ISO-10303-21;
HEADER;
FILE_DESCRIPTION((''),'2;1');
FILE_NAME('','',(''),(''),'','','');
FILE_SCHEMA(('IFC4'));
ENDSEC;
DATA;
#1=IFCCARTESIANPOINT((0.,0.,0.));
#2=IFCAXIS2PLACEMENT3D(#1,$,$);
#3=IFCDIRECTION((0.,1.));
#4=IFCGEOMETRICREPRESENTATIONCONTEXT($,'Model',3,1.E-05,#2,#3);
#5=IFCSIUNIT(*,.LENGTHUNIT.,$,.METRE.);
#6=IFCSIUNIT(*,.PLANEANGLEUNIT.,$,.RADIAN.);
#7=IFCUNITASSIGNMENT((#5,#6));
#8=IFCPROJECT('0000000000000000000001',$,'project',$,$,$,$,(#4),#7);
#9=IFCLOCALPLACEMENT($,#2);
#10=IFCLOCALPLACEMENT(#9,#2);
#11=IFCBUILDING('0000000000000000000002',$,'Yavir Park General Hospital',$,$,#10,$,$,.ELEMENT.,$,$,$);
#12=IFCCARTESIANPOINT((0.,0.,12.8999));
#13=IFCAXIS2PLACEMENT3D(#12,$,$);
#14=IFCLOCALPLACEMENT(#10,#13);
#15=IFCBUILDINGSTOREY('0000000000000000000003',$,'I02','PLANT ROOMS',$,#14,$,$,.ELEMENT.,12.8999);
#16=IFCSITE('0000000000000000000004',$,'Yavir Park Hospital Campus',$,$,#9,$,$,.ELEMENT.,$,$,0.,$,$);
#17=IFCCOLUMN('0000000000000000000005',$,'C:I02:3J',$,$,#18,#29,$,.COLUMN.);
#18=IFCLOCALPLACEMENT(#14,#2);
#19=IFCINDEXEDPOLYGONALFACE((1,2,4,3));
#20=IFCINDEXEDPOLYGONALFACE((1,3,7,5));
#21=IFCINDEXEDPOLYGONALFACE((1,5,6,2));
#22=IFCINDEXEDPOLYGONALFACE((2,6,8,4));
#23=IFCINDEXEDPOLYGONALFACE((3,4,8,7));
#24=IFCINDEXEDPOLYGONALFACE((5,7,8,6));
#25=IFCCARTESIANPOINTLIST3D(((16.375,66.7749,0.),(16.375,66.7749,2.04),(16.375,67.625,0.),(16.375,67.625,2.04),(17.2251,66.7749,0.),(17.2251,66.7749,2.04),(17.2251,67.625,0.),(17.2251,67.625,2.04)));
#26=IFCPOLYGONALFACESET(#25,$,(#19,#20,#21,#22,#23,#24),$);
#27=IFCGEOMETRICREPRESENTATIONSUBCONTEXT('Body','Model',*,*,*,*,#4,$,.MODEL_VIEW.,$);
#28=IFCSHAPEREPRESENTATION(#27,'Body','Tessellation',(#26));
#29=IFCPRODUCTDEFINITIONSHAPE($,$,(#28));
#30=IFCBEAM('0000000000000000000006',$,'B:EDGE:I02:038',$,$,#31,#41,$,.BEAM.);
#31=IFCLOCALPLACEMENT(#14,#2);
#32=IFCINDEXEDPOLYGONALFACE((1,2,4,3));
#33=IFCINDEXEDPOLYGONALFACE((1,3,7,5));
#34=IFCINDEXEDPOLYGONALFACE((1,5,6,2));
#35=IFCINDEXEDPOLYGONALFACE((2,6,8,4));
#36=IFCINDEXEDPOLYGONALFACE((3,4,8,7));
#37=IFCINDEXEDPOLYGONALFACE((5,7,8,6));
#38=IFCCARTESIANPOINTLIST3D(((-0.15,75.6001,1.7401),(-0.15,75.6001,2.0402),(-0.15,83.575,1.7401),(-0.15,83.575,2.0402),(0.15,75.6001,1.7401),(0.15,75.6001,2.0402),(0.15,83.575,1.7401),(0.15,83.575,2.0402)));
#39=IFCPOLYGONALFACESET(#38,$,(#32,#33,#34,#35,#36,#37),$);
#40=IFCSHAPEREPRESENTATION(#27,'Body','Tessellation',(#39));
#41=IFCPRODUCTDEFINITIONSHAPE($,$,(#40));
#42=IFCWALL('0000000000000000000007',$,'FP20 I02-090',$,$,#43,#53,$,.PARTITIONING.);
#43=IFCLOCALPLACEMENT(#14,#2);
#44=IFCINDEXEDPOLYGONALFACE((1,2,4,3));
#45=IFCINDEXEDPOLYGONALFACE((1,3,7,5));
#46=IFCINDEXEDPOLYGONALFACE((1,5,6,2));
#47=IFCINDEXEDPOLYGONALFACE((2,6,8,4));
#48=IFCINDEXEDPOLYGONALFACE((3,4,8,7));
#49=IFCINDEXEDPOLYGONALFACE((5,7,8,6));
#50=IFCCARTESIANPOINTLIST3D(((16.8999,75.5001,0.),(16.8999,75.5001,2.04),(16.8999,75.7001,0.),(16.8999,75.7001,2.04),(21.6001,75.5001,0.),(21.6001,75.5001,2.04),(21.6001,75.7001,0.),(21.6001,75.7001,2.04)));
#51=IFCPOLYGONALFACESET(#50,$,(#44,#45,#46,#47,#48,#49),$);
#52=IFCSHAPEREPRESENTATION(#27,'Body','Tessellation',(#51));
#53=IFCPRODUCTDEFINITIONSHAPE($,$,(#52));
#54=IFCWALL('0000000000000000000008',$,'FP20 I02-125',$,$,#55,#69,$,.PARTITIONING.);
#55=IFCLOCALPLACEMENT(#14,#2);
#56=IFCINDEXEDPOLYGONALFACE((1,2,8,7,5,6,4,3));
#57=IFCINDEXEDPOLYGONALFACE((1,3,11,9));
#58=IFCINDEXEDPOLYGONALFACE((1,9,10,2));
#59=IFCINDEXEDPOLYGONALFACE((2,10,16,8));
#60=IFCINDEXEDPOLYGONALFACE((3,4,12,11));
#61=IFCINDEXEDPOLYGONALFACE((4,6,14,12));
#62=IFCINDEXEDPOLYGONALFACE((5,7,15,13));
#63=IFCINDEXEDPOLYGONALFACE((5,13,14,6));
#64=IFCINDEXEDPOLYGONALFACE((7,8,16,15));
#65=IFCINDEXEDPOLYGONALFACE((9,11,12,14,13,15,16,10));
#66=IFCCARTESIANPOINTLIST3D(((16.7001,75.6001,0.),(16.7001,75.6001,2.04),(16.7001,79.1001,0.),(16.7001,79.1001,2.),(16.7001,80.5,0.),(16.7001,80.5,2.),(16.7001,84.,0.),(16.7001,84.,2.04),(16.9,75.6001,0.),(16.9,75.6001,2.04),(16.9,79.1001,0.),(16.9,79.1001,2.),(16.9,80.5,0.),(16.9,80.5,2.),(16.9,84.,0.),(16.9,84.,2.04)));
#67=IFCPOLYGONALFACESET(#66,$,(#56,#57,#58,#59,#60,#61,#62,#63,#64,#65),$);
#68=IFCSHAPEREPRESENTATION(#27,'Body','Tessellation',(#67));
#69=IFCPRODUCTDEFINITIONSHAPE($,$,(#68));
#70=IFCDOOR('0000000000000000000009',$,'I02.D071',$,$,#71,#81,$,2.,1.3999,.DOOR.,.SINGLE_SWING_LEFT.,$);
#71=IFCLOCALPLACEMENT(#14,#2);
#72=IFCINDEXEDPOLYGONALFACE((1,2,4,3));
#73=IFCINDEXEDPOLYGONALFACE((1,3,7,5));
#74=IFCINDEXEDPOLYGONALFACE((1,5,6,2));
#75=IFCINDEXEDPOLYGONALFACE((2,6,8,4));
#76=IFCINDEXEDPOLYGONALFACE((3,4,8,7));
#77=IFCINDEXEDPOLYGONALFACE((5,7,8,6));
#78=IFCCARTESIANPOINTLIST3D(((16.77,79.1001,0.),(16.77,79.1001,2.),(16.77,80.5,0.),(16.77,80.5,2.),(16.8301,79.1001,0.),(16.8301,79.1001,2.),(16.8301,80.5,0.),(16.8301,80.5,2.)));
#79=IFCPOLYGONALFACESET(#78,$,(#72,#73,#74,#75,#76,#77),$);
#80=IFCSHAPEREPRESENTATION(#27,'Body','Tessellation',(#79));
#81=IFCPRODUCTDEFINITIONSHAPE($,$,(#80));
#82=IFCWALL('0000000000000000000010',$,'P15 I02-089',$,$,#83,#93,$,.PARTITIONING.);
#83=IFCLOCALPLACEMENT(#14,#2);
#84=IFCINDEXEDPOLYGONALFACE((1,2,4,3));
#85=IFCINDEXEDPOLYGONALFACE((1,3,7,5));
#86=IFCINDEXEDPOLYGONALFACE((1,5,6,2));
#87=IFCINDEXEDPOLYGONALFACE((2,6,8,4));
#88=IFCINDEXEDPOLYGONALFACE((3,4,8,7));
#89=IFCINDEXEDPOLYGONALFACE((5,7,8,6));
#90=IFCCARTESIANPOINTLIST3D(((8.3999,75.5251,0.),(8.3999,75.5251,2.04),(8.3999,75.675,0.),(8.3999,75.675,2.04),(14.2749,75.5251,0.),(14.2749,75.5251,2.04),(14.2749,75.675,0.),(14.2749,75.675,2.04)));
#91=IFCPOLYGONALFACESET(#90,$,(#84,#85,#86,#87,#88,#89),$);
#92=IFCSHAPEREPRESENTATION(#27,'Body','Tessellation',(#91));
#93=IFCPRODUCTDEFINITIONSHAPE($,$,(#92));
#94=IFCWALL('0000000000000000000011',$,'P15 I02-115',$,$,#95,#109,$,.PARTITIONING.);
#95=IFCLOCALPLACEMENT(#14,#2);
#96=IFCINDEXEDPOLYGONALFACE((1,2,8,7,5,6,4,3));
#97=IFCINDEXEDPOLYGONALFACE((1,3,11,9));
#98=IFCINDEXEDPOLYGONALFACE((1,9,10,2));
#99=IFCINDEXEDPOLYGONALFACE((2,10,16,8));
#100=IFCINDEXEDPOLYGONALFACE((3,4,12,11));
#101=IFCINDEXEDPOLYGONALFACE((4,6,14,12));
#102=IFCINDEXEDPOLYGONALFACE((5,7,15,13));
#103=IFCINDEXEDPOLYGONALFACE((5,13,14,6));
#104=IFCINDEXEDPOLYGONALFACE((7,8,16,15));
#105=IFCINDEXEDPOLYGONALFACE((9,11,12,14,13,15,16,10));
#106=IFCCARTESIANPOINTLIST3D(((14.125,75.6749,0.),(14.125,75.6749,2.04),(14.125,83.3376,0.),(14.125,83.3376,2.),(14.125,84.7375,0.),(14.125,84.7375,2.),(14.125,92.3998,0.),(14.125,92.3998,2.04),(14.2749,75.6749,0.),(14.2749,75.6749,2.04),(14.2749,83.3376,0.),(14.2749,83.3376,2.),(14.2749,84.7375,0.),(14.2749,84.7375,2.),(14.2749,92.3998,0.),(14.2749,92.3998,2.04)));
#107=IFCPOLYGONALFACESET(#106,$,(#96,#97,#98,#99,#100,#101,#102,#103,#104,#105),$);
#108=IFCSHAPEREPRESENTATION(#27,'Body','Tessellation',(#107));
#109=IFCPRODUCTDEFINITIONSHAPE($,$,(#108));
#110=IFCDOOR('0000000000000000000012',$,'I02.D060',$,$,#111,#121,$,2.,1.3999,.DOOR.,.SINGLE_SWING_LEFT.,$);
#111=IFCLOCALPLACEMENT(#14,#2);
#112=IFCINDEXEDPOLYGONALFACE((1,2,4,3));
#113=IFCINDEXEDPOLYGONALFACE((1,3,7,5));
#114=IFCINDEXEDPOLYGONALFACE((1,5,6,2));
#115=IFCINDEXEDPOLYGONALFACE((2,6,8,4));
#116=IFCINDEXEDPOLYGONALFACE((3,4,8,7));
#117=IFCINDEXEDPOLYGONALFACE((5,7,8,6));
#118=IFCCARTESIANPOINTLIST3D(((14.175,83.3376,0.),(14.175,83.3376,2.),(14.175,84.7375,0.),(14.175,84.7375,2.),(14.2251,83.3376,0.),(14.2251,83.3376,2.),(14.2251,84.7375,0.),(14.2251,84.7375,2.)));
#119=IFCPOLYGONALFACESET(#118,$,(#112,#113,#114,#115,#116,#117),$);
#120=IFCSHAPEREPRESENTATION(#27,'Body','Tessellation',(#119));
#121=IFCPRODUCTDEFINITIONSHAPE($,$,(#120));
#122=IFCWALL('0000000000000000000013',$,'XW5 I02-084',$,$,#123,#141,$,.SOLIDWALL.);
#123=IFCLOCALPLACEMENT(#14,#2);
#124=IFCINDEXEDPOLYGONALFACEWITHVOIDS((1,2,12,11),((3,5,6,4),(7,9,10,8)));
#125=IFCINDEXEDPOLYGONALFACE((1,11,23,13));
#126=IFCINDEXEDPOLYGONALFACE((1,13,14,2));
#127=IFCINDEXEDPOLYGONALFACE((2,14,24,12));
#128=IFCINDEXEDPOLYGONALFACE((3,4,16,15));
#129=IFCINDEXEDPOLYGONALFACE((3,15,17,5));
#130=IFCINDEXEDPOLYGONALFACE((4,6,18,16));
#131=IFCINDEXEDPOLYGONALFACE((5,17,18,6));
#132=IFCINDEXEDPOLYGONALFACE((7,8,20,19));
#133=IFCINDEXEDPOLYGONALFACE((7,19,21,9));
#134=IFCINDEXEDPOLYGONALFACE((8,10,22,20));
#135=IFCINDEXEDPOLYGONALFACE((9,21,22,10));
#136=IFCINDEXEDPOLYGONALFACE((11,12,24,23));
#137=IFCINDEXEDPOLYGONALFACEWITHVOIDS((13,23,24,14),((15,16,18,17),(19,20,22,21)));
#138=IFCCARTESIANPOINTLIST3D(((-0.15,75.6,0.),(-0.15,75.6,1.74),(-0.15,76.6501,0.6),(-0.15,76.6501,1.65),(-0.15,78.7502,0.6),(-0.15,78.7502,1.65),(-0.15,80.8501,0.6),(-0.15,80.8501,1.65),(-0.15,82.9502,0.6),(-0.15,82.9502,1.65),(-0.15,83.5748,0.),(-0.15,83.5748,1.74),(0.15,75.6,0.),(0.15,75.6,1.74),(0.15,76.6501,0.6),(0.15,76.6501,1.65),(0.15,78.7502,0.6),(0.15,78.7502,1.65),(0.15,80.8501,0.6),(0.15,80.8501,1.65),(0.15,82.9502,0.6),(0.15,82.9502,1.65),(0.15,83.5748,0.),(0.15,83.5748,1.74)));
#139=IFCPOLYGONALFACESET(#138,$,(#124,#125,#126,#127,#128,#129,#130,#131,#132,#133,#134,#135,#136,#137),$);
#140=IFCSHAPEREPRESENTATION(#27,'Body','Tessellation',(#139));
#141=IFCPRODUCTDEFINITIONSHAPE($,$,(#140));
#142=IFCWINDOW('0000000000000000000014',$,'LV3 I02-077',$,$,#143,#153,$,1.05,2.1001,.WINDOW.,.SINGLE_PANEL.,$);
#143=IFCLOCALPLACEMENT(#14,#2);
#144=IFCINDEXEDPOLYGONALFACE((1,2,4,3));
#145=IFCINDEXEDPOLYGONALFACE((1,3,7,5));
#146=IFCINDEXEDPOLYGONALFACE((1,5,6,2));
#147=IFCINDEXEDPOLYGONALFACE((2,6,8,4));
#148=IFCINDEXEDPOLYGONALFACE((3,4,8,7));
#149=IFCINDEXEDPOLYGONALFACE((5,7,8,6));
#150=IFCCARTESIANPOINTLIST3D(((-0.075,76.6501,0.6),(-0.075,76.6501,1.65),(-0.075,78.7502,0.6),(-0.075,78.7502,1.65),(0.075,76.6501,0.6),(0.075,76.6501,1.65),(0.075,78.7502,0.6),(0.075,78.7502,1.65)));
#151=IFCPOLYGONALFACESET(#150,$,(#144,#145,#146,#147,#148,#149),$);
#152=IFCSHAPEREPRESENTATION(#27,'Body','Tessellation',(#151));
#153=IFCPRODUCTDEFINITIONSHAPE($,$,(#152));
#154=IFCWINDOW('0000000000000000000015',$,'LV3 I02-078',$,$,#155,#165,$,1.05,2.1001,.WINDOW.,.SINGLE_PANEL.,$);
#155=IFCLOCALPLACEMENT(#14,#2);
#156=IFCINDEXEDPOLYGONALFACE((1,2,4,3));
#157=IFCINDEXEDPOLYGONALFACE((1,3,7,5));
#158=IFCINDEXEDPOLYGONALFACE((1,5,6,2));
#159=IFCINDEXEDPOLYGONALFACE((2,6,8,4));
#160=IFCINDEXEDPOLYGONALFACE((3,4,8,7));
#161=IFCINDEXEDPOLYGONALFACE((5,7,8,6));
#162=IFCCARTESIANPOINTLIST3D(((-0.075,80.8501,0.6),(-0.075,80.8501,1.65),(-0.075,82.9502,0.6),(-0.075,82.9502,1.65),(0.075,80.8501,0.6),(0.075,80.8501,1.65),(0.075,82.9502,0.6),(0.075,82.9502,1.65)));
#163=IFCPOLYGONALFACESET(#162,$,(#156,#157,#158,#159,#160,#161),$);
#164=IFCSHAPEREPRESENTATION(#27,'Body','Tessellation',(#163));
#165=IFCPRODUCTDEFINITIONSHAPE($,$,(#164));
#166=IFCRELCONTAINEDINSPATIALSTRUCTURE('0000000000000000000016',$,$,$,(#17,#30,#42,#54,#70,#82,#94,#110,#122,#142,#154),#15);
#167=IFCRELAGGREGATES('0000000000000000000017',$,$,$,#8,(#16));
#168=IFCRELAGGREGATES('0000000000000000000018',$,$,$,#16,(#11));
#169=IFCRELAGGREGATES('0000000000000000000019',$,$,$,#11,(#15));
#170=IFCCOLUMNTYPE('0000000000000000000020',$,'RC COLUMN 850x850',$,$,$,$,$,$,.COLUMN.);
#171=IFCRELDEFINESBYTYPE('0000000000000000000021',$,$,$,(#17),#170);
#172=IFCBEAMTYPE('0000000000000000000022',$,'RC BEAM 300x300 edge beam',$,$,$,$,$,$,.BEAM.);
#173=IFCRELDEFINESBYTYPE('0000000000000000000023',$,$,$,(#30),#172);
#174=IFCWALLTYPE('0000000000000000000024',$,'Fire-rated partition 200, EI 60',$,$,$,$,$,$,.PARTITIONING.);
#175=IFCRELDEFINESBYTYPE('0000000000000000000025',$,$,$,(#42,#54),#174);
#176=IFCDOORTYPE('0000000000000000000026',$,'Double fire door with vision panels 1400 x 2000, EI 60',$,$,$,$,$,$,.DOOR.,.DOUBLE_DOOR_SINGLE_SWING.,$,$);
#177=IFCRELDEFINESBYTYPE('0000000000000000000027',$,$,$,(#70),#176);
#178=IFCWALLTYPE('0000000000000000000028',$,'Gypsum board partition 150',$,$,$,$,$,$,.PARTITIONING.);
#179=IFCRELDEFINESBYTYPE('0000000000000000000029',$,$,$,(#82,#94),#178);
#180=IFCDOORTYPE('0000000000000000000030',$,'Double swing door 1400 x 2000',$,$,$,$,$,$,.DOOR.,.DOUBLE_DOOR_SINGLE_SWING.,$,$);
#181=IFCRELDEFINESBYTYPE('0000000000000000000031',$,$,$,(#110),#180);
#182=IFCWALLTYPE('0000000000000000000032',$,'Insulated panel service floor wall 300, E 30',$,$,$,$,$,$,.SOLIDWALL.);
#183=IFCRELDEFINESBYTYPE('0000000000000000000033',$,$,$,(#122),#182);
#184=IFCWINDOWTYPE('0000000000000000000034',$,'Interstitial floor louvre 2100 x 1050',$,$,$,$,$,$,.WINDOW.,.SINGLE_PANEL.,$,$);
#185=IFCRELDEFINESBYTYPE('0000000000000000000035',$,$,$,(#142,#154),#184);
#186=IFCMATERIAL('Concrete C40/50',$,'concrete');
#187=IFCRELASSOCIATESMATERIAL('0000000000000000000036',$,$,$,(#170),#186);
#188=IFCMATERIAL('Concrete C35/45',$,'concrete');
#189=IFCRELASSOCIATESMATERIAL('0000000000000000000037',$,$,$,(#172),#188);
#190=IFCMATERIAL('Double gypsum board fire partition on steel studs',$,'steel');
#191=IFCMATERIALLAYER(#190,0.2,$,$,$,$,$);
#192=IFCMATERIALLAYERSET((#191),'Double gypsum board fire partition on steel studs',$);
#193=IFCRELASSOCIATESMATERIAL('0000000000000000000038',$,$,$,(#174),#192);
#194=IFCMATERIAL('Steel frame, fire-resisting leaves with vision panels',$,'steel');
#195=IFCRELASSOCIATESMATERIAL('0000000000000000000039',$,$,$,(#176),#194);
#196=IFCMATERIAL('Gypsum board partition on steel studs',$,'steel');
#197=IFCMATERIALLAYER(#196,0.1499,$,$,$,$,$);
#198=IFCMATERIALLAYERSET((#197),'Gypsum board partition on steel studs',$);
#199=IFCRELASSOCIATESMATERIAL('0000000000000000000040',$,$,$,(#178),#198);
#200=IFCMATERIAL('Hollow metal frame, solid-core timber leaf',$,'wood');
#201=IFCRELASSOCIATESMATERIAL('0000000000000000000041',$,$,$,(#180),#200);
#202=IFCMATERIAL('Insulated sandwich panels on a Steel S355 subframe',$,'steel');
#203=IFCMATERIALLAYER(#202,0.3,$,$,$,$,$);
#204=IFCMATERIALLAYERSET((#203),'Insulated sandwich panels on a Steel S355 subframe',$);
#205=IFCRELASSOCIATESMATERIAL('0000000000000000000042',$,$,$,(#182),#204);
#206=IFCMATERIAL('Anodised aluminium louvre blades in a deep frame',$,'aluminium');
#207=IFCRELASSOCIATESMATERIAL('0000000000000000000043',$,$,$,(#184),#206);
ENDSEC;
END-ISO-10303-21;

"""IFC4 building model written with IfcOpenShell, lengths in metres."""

from ifc_helpers import new_model, si_unit, direction, frame, frame_2d, origin, origin_2d, place, context, subcontext, project, spatial, rectangle, extrude, material, layer, layer_set, material_profile, profile_set, type_object, element, fill, save


model = new_model("IFC4")

# Units and contexts
model_context = context("Model", 3, precision=1e-05, world=origin(), true_north=direction((0.0, 1.0)))
body_context = subcontext(model_context, "Body", "Model", "MODEL_VIEW")
ifc_project = project(units=[si_unit("LENGTHUNIT", "METRE"), si_unit("PLANEANGLEUNIT", "RADIAN")], contexts=[model_context])

# Site, building, storey
site_placement = place(None, origin())
site = spatial("IfcSite", under=ifc_project, at=site_placement, Name="Yavir Park Hospital Campus", CompositionType="ELEMENT", RefElevation=0.0)
building_placement = place(site_placement, origin())
building = spatial("IfcBuilding", under=site, at=building_placement, Name="Yavir Park General Hospital", CompositionType="ELEMENT")
storey_placement = place(building_placement, frame((0.0, 0.0, 12.8999)))
storey = spatial("IfcBuildingStorey", under=building, at=storey_placement, Name="I02", Description="PLANT ROOMS", CompositionType="ELEMENT", Elevation=12.8999)

# Column
ifc_material_1 = material(Name="Concrete C40/50", Category="concrete")
ifc_material_profile_1 = material_profile(ifc_material_1, rectangle(XDim=0.8501, YDim=0.8501, at=origin_2d()), Name="RC850x850")
ifc_profile_set_1 = profile_set([ifc_material_profile_1], Name="Concrete C40/50")
column_type = type_object("IfcColumnType", Name="RC COLUMN 850x850", PredefinedType="COLUMN", material=ifc_profile_set_1)
column_placement = place(storey_placement, frame((16.8, 67.2, 0.0), z_axis=(0.0, 0.0, 1.0), x_axis=(1.0, 0.0, 0.0)))
element("IfcColumn", 1, at=column_placement, inside=storey, type_object=column_type, Name="C:I02:3J", PredefinedType="COLUMN", context=body_context, shape_type="SweptSolid", body=[
    extrude(rectangle(XDim=0.8501, YDim=0.8501, at=origin_2d()), origin(), (0.0, 0.0, 1.0), 2.04),
])

# Beam
ifc_material_2 = material(Name="Concrete C35/45", Category="concrete")
ifc_material_profile_2 = material_profile(ifc_material_2, rectangle(XDim=0.3, YDim=0.3, at=origin_2d()), Name="RC300x300")
ifc_profile_set_2 = profile_set([ifc_material_profile_2], Name="Concrete C35/45")
beam_type = type_object("IfcBeamType", Name="RC BEAM 300x300 edge beam", PredefinedType="BEAM", material=ifc_profile_set_2)
beam_placement = place(storey_placement, frame((0.0, 75.6001, 1.8901), z_axis=(0.0, 1.0, 0.0), x_axis=(-1.0, 0.0, 0.0)))
element("IfcBeam", 2, at=beam_placement, inside=storey, type_object=beam_type, Name="B:EDGE:I02:038", PredefinedType="BEAM", context=body_context, shape_type="SweptSolid", body=[
    extrude(rectangle(XDim=0.3, YDim=0.3, at=origin_2d()), origin(), (0.0, 0.0, 1.0), 7.9749),
])

# Wall
ifc_material_3 = material(Name="Double gypsum board fire partition on steel studs", Category="steel")
ifc_layer_1 = layer(ifc_material_3, 0.2)
ifc_layer_set_1 = layer_set([ifc_layer_1], Name="Double gypsum board fire partition on steel studs")
wall_type_1 = type_object("IfcWallType", Name="Fire-rated partition 200, EI 60", PredefinedType="PARTITIONING", material=ifc_layer_set_1)
wall_1_placement = place(storey_placement, frame((16.8999, 75.6001, 0.0), z_axis=(0.0, 0.0, 1.0), x_axis=(1.0, 0.0, 0.0)))
element("IfcWall", 3, at=wall_1_placement, inside=storey, type_object=wall_type_1, Name="FP20 I02-090", PredefinedType="PARTITIONING", context=body_context, shape_type="SweptSolid", body=[
    extrude(rectangle(XDim=4.7002, YDim=0.2, at=frame_2d((2.3501, 0.0))), origin(), (0.0, 0.0, 1.0), 2.04),
])

# Wall, opening, door
wall_2_placement = place(storey_placement, frame((16.8, 75.6001, 0.0), z_axis=(0.0, 0.0, 1.0), x_axis=(0.0, 1.0, 0.0)))
wall_2 = element("IfcWall", 4, at=wall_2_placement, inside=storey, type_object=wall_type_1, Name="FP20 I02-125", PredefinedType="PARTITIONING", context=body_context, shape_type="SweptSolid", body=[
    extrude(rectangle(XDim=8.3999, YDim=0.2, at=frame_2d((4.2, 0.0))), origin(), (0.0, 0.0, 1.0), 2.04),
])
opening_1_placement = place(wall_2_placement, frame((3.5, 0.0, 0.0)))
opening_1 = element("IfcOpeningElement", 5, at=opening_1_placement, cuts=wall_2, PredefinedType="OPENING", context=body_context, shape_type="SweptSolid", body=[
    extrude(rectangle(XDim=1.3999, YDim=2.0, at=frame_2d((0.7, 1.0))), frame((0.0, 0.1099, 0.0), z_axis=(0.0, -1.0, 0.0), x_axis=(1.0, 0.0, 0.0)), (0.0, 0.0, 1.0), 0.22),
])
ifc_material_4 = material(Name="Steel frame, fire-resisting leaves with vision panels", Category="steel")
door_type_1 = type_object("IfcDoorType", Name="Double fire door with vision panels 1400 x 2000, EI 60", OperationType="DOUBLE_DOOR_SINGLE_SWING", PredefinedType="DOOR", material=ifc_material_4)
door_1_placement = place(opening_1_placement, origin())
door_1 = element("IfcDoor", 6, at=door_1_placement, inside=storey, type_object=door_type_1, Name="I02.D071", OperationType="SINGLE_SWING_LEFT", OverallHeight=2.0, OverallWidth=1.3999, PredefinedType="DOOR", context=body_context, shape_type="SweptSolid", body=[
    extrude(rectangle(XDim=1.3999, YDim=2.0, at=frame_2d((0.7, 1.0))), frame((0.0, 0.03, 0.0), z_axis=(0.0, -1.0, 0.0), x_axis=(1.0, 0.0, 0.0)), (0.0, 0.0, 1.0), 0.0601),
])
fill(opening_1, door_1)

# Wall
ifc_material_5 = material(Name="Gypsum board partition on steel studs", Category="steel")
ifc_layer_2 = layer(ifc_material_5, 0.1499)
ifc_layer_set_2 = layer_set([ifc_layer_2], Name="Gypsum board partition on steel studs")
wall_type_2 = type_object("IfcWallType", Name="Gypsum board partition 150", PredefinedType="PARTITIONING", material=ifc_layer_set_2)
wall_3_placement = place(storey_placement, frame((8.3999, 75.6001, 0.0), z_axis=(0.0, 0.0, 1.0), x_axis=(1.0, 0.0, 0.0)))
element("IfcWall", 7, at=wall_3_placement, inside=storey, type_object=wall_type_2, Name="P15 I02-089", PredefinedType="PARTITIONING", context=body_context, shape_type="SweptSolid", body=[
    extrude(rectangle(XDim=5.875, YDim=0.1499, at=frame_2d((2.9375, 0.0))), origin(), (0.0, 0.0, 1.0), 2.04),
])

# Wall, opening, door
wall_4_placement = place(storey_placement, frame((14.2, 75.675, 0.0), z_axis=(0.0, 0.0, 1.0), x_axis=(0.0, 1.0, 0.0)))
wall_4 = element("IfcWall", 8, at=wall_4_placement, inside=storey, type_object=wall_type_2, Name="P15 I02-115", PredefinedType="PARTITIONING", context=body_context, shape_type="SweptSolid", body=[
    extrude(rectangle(XDim=16.7249, YDim=0.1499, at=frame_2d((8.3623, 0.0))), origin(), (0.0, 0.0, 1.0), 2.04),
])
opening_2_placement = place(wall_4_placement, frame((7.6626, 0.0, 0.0)))
opening_2 = element("IfcOpeningElement", 9, at=opening_2_placement, cuts=wall_4, PredefinedType="OPENING", context=body_context, shape_type="SweptSolid", body=[
    extrude(rectangle(XDim=1.3999, YDim=2.0, at=frame_2d((0.7, 1.0))), frame((0.0, 0.085, 0.0), z_axis=(0.0, -1.0, 0.0), x_axis=(1.0, 0.0, 0.0)), (0.0, 0.0, 1.0), 0.1699),
])
ifc_material_6 = material(Name="Hollow metal frame, solid-core timber leaf", Category="wood")
door_type_2 = type_object("IfcDoorType", Name="Double swing door 1400 x 2000", OperationType="DOUBLE_DOOR_SINGLE_SWING", PredefinedType="DOOR", material=ifc_material_6)
door_2_placement = place(opening_2_placement, origin())
door_2 = element("IfcDoor", 10, at=door_2_placement, inside=storey, type_object=door_type_2, Name="I02.D060", OperationType="SINGLE_SWING_LEFT", OverallHeight=2.0, OverallWidth=1.3999, PredefinedType="DOOR", context=body_context, shape_type="SweptSolid", body=[
    extrude(rectangle(XDim=1.3999, YDim=2.0, at=frame_2d((0.7, 1.0))), frame((0.0, 0.0249, 0.0), z_axis=(0.0, -1.0, 0.0), x_axis=(1.0, 0.0, 0.0)), (0.0, 0.0, 1.0), 0.05),
])
fill(opening_2, door_2)

# Wall, openings, windows
ifc_material_7 = material(Name="Insulated sandwich panels on a Steel S355 subframe", Category="steel")
ifc_layer_3 = layer(ifc_material_7, 0.3)
ifc_layer_set_3 = layer_set([ifc_layer_3], Name="Insulated sandwich panels on a Steel S355 subframe")
wall_type_3 = type_object("IfcWallType", Name="Insulated panel service floor wall 300, E 30", PredefinedType="SOLIDWALL", material=ifc_layer_set_3)
wall_5_placement = place(storey_placement, frame((0.0, 75.6001, 0.0), z_axis=(0.0, 0.0, 1.0), x_axis=(0.0, 1.0, 0.0)))
wall_5 = element("IfcWall", 11, at=wall_5_placement, inside=storey, type_object=wall_type_3, Name="XW5 I02-084", PredefinedType="SOLIDWALL", context=body_context, shape_type="SweptSolid", body=[
    extrude(rectangle(XDim=7.9749, YDim=0.3, at=frame_2d((3.9873, 0.0))), origin(), (0.0, 0.0, 1.0), 1.74),
])
opening_3_placement = place(wall_5_placement, frame((1.05, 0.0, 0.6001)))
opening_3 = element("IfcOpeningElement", 12, at=opening_3_placement, cuts=wall_5, PredefinedType="OPENING", context=body_context, shape_type="SweptSolid", body=[
    extrude(rectangle(XDim=2.1001, YDim=1.05, at=frame_2d((1.05, 0.5249))), frame((0.0, 0.1599, 0.0), z_axis=(0.0, -1.0, 0.0), x_axis=(1.0, 0.0, 0.0)), (0.0, 0.0, 1.0), 0.3201),
])
opening_4_placement = place(wall_5_placement, frame((5.25, 0.0, 0.6001)))
opening_4 = element("IfcOpeningElement", 13, at=opening_4_placement, cuts=wall_5, PredefinedType="OPENING", context=body_context, shape_type="SweptSolid", body=[
    extrude(rectangle(XDim=2.1001, YDim=1.05, at=frame_2d((1.05, 0.5249))), frame((0.0, 0.1599, 0.0), z_axis=(0.0, -1.0, 0.0), x_axis=(1.0, 0.0, 0.0)), (0.0, 0.0, 1.0), 0.3201),
])
ifc_material_8 = material(Name="Anodised aluminium louvre blades in a deep frame", Category="aluminium")
window_type = type_object("IfcWindowType", Name="Interstitial floor louvre 2100 x 1050", PartitioningType="SINGLE_PANEL", PredefinedType="WINDOW", material=ifc_material_8)
window_1_placement = place(opening_3_placement, origin())
window_1 = element("IfcWindow", 14, at=window_1_placement, inside=storey, type_object=window_type, Name="LV3 I02-077", OverallHeight=1.05, OverallWidth=2.1001, PartitioningType="SINGLE_PANEL", PredefinedType="WINDOW", context=body_context, shape_type="SweptSolid", body=[
    extrude(rectangle(XDim=2.1001, YDim=1.05, at=frame_2d((1.05, 0.5249))), frame((0.0, 0.075, 0.0), z_axis=(0.0, -1.0, 0.0), x_axis=(1.0, 0.0, 0.0)), (0.0, 0.0, 1.0), 0.1499),
])
fill(opening_3, window_1)
window_2_placement = place(opening_4_placement, origin())
window_2 = element("IfcWindow", 15, at=window_2_placement, inside=storey, type_object=window_type, Name="LV3 I02-078", OverallHeight=1.05, OverallWidth=2.1001, PartitioningType="SINGLE_PANEL", PredefinedType="WINDOW", context=body_context, shape_type="SweptSolid", body=[
    extrude(rectangle(XDim=2.1001, YDim=1.05, at=frame_2d((1.05, 0.5249))), frame((0.0, 0.075, 0.0), z_axis=(0.0, -1.0, 0.0), x_axis=(1.0, 0.0, 0.0)), (0.0, 0.0, 1.0), 0.1499),
])
fill(opening_4, window_2)

save(model, "model.ifc")
